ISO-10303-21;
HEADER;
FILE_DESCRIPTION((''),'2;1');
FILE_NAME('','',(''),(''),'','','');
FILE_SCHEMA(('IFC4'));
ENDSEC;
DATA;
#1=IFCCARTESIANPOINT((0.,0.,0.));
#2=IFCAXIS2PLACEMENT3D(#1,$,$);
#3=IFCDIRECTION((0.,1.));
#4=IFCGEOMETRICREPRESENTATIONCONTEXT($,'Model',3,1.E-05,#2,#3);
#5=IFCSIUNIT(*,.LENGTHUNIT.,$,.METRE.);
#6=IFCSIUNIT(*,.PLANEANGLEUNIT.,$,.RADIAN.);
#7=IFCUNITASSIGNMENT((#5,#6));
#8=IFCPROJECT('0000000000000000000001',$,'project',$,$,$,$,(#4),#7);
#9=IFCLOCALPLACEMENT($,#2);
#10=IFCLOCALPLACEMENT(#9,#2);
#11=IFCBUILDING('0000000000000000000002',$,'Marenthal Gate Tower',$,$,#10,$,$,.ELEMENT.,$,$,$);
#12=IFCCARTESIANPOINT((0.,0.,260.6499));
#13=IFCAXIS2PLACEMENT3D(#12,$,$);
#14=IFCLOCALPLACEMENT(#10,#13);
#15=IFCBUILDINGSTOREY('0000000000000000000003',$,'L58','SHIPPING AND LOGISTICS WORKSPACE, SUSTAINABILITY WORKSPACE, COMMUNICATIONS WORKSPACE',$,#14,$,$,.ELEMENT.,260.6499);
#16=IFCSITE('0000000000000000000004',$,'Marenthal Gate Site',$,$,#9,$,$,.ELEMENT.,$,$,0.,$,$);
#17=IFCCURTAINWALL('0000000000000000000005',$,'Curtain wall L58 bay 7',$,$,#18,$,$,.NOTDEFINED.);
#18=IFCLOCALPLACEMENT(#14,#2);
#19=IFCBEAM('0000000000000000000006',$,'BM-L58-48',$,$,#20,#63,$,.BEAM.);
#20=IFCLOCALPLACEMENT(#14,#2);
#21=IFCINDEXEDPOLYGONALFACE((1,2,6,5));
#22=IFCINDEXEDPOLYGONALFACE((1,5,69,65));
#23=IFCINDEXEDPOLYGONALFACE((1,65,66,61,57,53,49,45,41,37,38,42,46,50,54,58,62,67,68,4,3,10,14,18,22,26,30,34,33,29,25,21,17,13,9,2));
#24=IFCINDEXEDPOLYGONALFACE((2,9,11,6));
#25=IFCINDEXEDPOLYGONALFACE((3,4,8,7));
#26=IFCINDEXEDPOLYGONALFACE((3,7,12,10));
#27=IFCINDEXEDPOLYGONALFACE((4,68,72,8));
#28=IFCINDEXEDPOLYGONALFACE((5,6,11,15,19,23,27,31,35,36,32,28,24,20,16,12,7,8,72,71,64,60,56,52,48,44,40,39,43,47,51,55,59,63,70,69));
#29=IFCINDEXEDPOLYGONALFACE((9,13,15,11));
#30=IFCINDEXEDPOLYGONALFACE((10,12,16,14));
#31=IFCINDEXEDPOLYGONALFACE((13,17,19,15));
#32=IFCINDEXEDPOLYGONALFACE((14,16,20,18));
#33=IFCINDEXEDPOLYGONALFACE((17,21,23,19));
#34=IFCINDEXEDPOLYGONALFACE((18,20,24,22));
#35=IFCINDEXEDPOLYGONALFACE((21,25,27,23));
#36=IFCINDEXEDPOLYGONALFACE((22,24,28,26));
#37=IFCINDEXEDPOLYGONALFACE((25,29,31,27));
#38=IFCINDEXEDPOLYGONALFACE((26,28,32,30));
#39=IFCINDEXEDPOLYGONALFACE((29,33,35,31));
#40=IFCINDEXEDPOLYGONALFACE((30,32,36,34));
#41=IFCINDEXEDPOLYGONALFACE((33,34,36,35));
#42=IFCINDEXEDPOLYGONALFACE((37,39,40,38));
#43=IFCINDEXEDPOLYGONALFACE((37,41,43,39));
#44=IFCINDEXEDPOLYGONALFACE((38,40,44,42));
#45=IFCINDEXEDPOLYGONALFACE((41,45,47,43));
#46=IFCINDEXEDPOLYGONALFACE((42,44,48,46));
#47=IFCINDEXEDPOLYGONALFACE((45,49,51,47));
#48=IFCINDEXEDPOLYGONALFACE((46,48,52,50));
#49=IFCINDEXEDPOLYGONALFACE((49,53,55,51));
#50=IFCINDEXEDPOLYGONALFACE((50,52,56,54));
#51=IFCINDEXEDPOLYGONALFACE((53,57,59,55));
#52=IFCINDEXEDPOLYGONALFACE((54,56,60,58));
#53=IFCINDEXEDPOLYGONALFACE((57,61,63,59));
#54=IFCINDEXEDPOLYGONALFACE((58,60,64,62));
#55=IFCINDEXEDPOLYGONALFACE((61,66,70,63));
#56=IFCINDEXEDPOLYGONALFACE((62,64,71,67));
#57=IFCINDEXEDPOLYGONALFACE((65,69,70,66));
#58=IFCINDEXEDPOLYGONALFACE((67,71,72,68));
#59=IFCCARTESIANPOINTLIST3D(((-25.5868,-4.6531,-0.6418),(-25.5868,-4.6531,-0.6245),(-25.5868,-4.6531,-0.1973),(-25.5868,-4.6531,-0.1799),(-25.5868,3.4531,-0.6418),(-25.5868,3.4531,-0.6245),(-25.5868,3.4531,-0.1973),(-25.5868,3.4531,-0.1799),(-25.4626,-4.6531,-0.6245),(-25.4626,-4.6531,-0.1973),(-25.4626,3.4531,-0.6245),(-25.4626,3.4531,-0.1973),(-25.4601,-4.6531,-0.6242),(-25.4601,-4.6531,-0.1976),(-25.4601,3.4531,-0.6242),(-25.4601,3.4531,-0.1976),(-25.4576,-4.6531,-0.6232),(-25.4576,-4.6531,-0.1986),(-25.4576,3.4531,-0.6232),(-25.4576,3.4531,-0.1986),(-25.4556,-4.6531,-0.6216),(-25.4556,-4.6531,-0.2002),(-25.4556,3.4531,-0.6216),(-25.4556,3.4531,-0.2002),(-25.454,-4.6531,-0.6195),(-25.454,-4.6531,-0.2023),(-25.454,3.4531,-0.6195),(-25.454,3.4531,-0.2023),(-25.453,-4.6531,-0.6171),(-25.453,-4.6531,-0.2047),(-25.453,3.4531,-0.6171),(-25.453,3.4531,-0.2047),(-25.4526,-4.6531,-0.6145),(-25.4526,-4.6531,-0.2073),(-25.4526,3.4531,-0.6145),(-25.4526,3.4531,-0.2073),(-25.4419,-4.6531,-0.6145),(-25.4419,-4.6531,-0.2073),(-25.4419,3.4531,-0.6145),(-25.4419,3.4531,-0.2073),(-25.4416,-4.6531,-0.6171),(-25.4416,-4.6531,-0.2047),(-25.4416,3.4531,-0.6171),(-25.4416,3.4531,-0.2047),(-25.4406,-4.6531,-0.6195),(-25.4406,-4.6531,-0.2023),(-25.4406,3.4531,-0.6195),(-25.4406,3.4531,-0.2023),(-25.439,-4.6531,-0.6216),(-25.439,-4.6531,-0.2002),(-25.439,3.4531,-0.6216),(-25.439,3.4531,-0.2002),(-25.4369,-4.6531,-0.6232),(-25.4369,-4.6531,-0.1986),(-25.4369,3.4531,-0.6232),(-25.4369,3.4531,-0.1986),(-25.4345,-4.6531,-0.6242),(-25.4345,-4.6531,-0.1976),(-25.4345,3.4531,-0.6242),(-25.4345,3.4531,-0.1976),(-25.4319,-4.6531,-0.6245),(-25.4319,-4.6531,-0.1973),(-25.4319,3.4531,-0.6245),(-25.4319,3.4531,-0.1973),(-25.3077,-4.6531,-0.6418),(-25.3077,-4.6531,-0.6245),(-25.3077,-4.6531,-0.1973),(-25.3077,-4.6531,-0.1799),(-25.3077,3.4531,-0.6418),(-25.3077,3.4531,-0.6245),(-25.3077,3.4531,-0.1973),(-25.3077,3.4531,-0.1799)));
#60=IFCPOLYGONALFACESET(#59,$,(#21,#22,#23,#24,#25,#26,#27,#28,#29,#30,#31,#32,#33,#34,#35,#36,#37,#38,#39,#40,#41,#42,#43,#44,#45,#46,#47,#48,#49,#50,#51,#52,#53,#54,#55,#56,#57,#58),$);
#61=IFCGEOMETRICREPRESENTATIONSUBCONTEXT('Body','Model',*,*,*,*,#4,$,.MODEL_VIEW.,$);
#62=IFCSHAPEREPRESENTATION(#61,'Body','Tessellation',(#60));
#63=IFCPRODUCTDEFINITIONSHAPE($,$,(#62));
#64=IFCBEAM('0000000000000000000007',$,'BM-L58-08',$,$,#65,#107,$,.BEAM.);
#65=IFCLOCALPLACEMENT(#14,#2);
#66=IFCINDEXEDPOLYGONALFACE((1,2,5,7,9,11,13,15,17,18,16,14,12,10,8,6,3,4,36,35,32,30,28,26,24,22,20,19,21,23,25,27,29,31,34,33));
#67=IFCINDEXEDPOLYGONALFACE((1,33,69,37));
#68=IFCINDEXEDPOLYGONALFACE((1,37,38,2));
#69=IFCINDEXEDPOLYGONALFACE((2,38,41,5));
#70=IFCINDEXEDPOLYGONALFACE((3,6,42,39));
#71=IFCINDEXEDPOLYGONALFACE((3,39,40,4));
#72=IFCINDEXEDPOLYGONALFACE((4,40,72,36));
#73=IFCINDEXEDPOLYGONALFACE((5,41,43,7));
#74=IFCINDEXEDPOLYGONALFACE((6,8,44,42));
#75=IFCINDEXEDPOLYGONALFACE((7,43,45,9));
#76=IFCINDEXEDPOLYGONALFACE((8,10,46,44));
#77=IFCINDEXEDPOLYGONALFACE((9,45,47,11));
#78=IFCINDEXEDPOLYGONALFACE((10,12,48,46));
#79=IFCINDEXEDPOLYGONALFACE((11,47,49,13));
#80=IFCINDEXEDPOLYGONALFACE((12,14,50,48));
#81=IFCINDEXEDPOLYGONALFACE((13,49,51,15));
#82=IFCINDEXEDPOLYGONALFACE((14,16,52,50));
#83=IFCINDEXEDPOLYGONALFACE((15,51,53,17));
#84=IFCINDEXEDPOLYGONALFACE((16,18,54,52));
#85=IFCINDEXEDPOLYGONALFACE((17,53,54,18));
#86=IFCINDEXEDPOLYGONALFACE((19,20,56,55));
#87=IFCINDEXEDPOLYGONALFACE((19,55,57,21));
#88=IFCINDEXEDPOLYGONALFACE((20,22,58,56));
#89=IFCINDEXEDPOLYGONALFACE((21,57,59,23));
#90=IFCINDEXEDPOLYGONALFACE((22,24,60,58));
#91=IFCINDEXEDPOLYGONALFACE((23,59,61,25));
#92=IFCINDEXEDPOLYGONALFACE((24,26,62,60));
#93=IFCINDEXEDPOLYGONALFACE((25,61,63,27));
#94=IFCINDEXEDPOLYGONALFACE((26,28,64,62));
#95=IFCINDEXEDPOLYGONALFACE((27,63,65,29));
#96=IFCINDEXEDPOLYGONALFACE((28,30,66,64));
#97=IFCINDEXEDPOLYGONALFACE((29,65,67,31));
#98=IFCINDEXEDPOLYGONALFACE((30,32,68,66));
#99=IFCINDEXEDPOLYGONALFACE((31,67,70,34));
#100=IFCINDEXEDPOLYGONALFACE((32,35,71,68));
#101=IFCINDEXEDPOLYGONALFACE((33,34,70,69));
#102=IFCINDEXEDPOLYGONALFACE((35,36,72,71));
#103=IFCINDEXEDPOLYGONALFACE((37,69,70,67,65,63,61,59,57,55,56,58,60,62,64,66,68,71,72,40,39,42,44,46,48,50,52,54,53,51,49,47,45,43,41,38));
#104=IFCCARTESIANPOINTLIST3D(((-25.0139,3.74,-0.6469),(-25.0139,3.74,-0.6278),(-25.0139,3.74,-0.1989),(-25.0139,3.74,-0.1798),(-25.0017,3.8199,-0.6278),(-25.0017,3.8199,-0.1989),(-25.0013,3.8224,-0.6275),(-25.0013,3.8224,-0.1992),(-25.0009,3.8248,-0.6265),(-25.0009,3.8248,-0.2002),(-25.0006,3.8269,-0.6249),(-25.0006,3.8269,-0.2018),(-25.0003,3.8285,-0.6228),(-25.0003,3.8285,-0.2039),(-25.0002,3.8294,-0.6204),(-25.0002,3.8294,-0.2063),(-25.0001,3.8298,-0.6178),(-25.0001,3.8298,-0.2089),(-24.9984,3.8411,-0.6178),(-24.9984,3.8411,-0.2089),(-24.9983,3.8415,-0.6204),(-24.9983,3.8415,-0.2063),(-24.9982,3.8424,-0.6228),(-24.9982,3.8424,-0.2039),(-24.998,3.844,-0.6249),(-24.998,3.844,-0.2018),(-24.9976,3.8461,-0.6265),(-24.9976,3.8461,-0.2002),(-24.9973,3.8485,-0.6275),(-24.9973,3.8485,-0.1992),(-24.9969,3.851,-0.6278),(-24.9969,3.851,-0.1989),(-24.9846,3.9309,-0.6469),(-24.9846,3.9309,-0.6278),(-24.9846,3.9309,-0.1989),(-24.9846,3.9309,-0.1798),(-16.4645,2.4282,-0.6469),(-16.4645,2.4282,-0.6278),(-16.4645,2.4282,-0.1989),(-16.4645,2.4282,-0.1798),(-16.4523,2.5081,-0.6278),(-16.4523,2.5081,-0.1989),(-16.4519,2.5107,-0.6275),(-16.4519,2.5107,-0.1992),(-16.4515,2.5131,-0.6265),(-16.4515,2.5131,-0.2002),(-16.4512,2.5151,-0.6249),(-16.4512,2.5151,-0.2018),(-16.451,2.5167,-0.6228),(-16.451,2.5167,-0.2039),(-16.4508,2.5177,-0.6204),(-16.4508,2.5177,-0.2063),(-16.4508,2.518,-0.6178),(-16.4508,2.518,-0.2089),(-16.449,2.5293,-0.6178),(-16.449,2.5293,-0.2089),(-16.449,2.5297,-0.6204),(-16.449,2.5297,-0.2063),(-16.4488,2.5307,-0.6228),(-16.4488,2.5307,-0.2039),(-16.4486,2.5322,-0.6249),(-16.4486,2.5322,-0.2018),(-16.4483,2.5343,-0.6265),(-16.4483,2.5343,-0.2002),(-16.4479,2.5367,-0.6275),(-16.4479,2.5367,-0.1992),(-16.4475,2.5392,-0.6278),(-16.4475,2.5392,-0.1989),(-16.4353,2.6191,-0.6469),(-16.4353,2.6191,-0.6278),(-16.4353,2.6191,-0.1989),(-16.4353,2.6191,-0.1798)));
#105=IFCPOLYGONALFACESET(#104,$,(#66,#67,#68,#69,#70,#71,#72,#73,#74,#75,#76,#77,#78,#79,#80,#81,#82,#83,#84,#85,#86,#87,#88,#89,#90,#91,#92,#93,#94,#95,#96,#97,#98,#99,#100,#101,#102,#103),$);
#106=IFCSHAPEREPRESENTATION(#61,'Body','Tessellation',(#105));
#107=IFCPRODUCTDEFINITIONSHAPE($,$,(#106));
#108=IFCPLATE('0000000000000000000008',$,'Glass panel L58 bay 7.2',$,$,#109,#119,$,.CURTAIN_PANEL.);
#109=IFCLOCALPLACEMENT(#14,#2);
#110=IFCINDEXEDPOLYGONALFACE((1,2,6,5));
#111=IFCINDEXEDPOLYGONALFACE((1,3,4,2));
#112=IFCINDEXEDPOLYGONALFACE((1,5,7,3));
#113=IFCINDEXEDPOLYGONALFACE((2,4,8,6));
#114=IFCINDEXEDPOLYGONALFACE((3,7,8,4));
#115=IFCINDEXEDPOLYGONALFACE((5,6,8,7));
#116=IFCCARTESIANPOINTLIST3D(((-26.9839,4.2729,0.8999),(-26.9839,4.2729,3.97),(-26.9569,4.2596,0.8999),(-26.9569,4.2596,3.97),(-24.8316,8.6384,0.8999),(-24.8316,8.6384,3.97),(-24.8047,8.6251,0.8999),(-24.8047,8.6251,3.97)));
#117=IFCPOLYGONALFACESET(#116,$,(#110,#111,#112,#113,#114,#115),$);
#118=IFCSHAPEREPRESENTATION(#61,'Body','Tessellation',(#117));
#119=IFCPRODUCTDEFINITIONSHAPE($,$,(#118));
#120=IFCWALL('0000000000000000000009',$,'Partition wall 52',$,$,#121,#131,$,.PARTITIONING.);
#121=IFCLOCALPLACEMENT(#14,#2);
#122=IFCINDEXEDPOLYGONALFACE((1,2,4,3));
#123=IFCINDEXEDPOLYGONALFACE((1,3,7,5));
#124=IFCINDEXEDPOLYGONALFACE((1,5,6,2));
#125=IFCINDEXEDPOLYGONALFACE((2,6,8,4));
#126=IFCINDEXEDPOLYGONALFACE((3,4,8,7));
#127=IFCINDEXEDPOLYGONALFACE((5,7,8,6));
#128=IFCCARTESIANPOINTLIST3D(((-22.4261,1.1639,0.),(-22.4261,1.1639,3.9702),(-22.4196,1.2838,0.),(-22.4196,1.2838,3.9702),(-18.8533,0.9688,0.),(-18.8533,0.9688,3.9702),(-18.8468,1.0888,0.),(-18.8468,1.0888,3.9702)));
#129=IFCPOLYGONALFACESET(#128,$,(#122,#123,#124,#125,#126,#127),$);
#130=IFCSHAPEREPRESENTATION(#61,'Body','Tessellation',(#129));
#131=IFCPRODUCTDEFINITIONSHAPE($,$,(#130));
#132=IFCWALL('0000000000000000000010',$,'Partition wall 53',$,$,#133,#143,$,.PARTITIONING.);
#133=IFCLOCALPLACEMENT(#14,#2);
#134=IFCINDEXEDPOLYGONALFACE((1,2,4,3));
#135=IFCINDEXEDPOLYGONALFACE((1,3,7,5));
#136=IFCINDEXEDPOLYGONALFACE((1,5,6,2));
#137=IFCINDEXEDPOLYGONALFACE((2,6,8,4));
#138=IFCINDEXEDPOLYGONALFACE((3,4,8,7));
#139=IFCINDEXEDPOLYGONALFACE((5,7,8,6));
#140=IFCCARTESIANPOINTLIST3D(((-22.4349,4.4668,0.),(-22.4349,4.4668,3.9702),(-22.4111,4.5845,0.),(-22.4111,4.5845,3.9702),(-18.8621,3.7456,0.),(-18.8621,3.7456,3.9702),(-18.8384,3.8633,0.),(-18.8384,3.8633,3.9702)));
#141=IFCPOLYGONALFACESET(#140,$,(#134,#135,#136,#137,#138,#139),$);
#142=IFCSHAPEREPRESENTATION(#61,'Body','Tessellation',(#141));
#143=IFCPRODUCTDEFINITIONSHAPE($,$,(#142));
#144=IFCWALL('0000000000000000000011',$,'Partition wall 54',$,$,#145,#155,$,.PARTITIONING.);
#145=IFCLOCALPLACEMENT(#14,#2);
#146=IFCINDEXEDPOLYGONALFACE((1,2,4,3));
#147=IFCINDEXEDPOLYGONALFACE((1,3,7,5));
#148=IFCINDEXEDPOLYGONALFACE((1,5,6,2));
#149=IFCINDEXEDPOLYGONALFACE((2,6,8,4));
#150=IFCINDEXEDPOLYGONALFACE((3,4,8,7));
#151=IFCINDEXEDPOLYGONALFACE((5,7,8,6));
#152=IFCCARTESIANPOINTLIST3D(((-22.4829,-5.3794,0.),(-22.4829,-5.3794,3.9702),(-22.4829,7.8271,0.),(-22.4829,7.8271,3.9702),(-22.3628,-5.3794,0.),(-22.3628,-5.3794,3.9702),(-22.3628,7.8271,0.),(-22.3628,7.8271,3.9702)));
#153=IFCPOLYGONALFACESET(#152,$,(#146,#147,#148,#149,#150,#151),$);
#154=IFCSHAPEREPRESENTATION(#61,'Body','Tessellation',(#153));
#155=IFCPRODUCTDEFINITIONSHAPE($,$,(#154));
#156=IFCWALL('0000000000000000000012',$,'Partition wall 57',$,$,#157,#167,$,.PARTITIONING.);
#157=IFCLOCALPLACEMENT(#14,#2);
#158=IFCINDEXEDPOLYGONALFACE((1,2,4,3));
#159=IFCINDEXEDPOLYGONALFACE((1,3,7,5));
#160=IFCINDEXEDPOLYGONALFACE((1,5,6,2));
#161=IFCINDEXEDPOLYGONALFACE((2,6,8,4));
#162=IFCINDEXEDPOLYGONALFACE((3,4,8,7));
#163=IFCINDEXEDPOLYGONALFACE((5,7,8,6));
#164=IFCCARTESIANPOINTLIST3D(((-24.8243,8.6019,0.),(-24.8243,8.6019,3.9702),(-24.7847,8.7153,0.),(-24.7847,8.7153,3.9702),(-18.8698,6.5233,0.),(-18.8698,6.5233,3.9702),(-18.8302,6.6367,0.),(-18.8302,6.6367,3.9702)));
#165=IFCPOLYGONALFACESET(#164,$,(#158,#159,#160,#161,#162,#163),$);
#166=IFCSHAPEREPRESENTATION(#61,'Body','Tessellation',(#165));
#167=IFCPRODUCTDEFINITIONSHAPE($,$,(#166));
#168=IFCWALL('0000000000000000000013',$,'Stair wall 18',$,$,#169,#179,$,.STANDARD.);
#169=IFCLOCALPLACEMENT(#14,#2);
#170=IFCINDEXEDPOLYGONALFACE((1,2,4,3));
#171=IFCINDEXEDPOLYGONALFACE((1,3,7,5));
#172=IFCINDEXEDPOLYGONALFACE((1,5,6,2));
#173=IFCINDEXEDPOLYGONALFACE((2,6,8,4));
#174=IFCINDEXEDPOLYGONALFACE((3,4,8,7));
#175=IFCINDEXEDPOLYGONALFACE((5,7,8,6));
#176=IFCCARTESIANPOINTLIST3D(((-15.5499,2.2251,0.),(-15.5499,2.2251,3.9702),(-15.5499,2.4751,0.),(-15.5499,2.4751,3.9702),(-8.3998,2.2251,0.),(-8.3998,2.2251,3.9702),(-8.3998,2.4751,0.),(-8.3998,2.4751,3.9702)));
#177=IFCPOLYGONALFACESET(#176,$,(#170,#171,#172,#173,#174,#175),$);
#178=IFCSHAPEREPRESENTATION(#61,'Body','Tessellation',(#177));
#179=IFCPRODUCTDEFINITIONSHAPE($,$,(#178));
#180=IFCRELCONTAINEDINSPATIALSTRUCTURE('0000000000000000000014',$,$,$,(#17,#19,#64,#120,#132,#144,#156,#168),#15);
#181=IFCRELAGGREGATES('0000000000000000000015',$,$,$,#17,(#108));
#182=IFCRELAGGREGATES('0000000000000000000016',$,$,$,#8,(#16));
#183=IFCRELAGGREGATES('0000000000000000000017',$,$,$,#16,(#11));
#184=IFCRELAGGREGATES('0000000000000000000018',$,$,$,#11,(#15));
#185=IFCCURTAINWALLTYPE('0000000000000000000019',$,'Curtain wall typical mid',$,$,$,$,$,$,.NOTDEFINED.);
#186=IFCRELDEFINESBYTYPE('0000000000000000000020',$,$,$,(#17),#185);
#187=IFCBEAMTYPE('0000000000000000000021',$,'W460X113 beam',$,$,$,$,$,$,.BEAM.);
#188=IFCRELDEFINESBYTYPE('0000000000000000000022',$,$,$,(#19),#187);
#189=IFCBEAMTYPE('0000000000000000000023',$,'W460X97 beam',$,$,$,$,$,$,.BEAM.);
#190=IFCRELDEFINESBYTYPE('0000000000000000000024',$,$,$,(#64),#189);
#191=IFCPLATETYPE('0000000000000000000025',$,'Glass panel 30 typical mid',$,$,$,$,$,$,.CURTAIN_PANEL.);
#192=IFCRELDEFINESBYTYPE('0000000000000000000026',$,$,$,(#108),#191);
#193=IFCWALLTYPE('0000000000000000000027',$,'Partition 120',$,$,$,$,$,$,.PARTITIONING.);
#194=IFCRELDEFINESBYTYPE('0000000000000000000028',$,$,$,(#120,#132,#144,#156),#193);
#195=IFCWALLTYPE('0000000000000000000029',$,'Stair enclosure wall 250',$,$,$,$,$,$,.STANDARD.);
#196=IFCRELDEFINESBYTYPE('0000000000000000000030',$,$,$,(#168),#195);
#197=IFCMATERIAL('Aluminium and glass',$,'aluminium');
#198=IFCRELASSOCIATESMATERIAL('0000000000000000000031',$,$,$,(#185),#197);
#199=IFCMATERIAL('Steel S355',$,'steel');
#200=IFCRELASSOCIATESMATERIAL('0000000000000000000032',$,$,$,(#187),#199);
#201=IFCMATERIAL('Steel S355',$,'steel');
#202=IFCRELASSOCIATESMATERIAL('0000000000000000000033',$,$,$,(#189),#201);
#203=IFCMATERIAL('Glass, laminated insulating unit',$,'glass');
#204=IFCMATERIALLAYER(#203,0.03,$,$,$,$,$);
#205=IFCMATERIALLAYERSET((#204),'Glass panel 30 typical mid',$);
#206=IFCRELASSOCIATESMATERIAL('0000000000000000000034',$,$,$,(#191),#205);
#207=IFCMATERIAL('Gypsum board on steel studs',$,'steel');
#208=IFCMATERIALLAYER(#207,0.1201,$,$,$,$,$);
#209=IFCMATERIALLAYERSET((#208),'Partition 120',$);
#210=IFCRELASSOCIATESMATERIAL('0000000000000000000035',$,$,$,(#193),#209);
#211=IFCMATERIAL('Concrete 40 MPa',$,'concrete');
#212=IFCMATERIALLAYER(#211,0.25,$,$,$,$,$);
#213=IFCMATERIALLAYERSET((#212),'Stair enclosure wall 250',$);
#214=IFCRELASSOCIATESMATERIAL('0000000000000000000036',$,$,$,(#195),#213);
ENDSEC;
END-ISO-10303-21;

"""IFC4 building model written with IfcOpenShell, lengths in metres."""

from ifc_helpers import new_model, si_unit, direction, frame, frame_2d, origin, origin_2d, place, context, subcontext, project, spatial, rectangle, i_section, extrude, material, layer, layer_set, material_profile, profile_set, type_object, element, aggregate, save


model = new_model("IFC4")

# Units and contexts
model_context = context("Model", 3, precision=1e-05, world=origin(), true_north=direction((0.0, 1.0)))
body_context = subcontext(model_context, "Body", "Model", "MODEL_VIEW")
ifc_project = project(units=[si_unit("LENGTHUNIT", "METRE"), si_unit("PLANEANGLEUNIT", "RADIAN")], contexts=[model_context])

# Site, building, storey
site_placement = place(None, origin())
site = spatial("IfcSite", under=ifc_project, at=site_placement, Name="Marenthal Gate Site", CompositionType="ELEMENT", RefElevation=0.0)
building_placement = place(site_placement, origin())
building = spatial("IfcBuilding", under=site, at=building_placement, Name="Marenthal Gate Tower", CompositionType="ELEMENT")
storey_placement = place(building_placement, frame((0.0, 0.0, 260.6499)))
storey = spatial("IfcBuildingStorey", under=building, at=storey_placement, Name="L58", Description="SHIPPING AND LOGISTICS WORKSPACE, SUSTAINABILITY WORKSPACE, COMMUNICATIONS WORKSPACE", CompositionType="ELEMENT", Elevation=260.6499)

# Curtain wall
ifc_material_1 = material(Name="Aluminium and glass", Category="aluminium")
curtain_wall_type = type_object("IfcCurtainWallType", Name="Curtain wall typical mid", PredefinedType="NOTDEFINED", material=ifc_material_1)
curtain_wall_placement = place(storey_placement, origin())
curtain_wall = element("IfcCurtainWall", 1, at=curtain_wall_placement, inside=storey, type_object=curtain_wall_type, Name="Curtain wall L58 bay 7", PredefinedType="NOTDEFINED")

# Beams
ifc_material_2 = material(Name="Steel S355", Category="steel")
ifc_material_profile_1 = material_profile(ifc_material_2, i_section(OverallWidth=0.2791, OverallDepth=0.4619, WebThickness=0.0107, FlangeThickness=0.0173, FilletRadius=0.01, at=origin_2d()), Name="W460X113")
ifc_profile_set_1 = profile_set([ifc_material_profile_1], Name="Steel S355")
beam_type_1 = type_object("IfcBeamType", Name="W460X113 beam", PredefinedType="BEAM", material=ifc_profile_set_1)
beam_1_placement = place(storey_placement, frame((-25.4473, 3.4531, -0.4109), z_axis=(0.0, -1.0, 0.0), x_axis=(1.0, 0.0, 0.0)))
element("IfcBeam", 2, at=beam_1_placement, inside=storey, type_object=beam_type_1, Name="BM-L58-48", PredefinedType="BEAM", context=body_context, shape_type="SweptSolid", body=[
    extrude(i_section(OverallWidth=0.2791, OverallDepth=0.4619, WebThickness=0.0107, FlangeThickness=0.0173, FilletRadius=0.01, at=origin_2d()), origin(), (0.0, 0.0, 1.0), 8.1062),
])
ifc_material_3 = material(Name="Steel S355", Category="steel")
ifc_material_profile_2 = material_profile(ifc_material_3, i_section(OverallWidth=0.1931, OverallDepth=0.467, WebThickness=0.0115, FlangeThickness=0.019, FilletRadius=0.01, at=origin_2d()), Name="W460X97")
ifc_profile_set_2 = profile_set([ifc_material_profile_2], Name="Steel S355")
beam_type_2 = type_object("IfcBeamType", Name="W460X97 beam", PredefinedType="BEAM", material=ifc_profile_set_2)
beam_2_placement = place(storey_placement, frame((-24.9993, 3.8354, -0.4133), z_axis=(0.988433, -0.151661, 0.0), x_axis=(0.151661, 0.988433, 0.0)))
element("IfcBeam", 3, at=beam_2_placement, inside=storey, type_object=beam_type_2, Name="BM-L58-08", PredefinedType="BEAM", context=body_context, shape_type="SweptSolid", body=[
    extrude(i_section(OverallWidth=0.1931, OverallDepth=0.467, WebThickness=0.0115, FlangeThickness=0.019, FilletRadius=0.01, at=origin_2d()), origin(), (0.0, 0.0, 1.0), 8.6494),
])

# Plate
ifc_material_4 = material(Name="Glass, laminated insulating unit", Category="glass")
ifc_layer_1 = layer(ifc_material_4, 0.03)
ifc_layer_set_1 = layer_set([ifc_layer_1], Name="Glass panel 30 typical mid")
plate_type = type_object("IfcPlateType", Name="Glass panel 30 typical mid", PredefinedType="CURTAIN_PANEL", material=ifc_layer_set_1)
plate_placement = place(storey_placement, frame((-25.8943, 6.449, 0.8999), z_axis=(0.0, 0.0, 1.0), x_axis=(-0.442192, -0.896921, 0.0)))
plate = element("IfcPlate", 4, at=plate_placement, type_object=plate_type, Name="Glass panel L58 bay 7.2", PredefinedType="CURTAIN_PANEL", context=body_context, shape_type="SweptSolid", body=[
    extrude(rectangle(XDim=4.8672, YDim=0.03, at=origin_2d()), origin(), (0.0, 0.0, 1.0), 3.0701),
])
aggregate(curtain_wall, [plate])

# Walls
ifc_material_5 = material(Name="Gypsum board on steel studs", Category="steel")
ifc_layer_2 = layer(ifc_material_5, 0.1201)
ifc_layer_set_2 = layer_set([ifc_layer_2], Name="Partition 120")
wall_type_1 = type_object("IfcWallType", Name="Partition 120", PredefinedType="PARTITIONING", material=ifc_layer_set_2)
wall_1_placement = place(storey_placement, frame((-22.4229, 1.2239, 0.0), z_axis=(0.0, 0.0, 1.0), x_axis=(0.998513, -0.054518, 0.0)))
element("IfcWall", 5, at=wall_1_placement, inside=storey, type_object=wall_type_1, Name="Partition wall 52", PredefinedType="PARTITIONING", context=body_context, shape_type="SweptSolid", body=[
    extrude(rectangle(XDim=3.5781, YDim=0.1201, at=frame_2d((1.7891, 0.0))), origin(), (0.0, 0.0, 1.0), 3.9702),
])
wall_2_placement = place(storey_placement, frame((-22.4229, 4.5256, 0.0), z_axis=(0.0, 0.0, 1.0), x_axis=(0.980229, -0.197868, 0.0)))
element("IfcWall", 6, at=wall_2_placement, inside=storey, type_object=wall_type_1, Name="Partition wall 53", PredefinedType="PARTITIONING", context=body_context, shape_type="SweptSolid", body=[
    extrude(rectangle(XDim=3.6448, YDim=0.1201, at=frame_2d((1.8223, 0.0))), origin(), (0.0, 0.0, 1.0), 3.9702),
])
wall_3_placement = place(storey_placement, frame((-22.4229, 7.8271, 0.0), z_axis=(0.0, 0.0, 1.0), x_axis=(0.0, -1.0, 0.0)))
element("IfcWall", 7, at=wall_3_placement, inside=storey, type_object=wall_type_1, Name="Partition wall 54", PredefinedType="PARTITIONING", context=body_context, shape_type="SweptSolid", body=[
    extrude(rectangle(XDim=13.2065, YDim=0.1201, at=frame_2d((6.6033, 0.0))), origin(), (0.0, 0.0, 1.0), 3.9702),
])
wall_4_placement = place(storey_placement, frame((-18.8501, 6.5801, 0.0), z_axis=(0.0, 0.0, 1.0), x_axis=(-0.94413, 0.329574, 0.0)))
element("IfcWall", 8, at=wall_4_placement, inside=storey, type_object=wall_type_1, Name="Partition wall 57", PredefinedType="PARTITIONING", context=body_context, shape_type="SweptSolid", body=[
    extrude(rectangle(XDim=6.3069, YDim=0.1201, at=frame_2d((3.1533, 0.0))), origin(), (0.0, 0.0, 1.0), 3.9702),
])
ifc_material_6 = material(Name="Concrete 40 MPa", Category="concrete")
ifc_layer_3 = layer(ifc_material_6, 0.25)
ifc_layer_set_3 = layer_set([ifc_layer_3], Name="Stair enclosure wall 250")
wall_type_2 = type_object("IfcWallType", Name="Stair enclosure wall 250", PredefinedType="STANDARD", material=ifc_layer_set_3)
wall_5_placement = place(storey_placement, frame((-15.55, 2.3501, 0.0), z_axis=(0.0, 0.0, 1.0), x_axis=(1.0, 0.0, 0.0)))
element("IfcWall", 9, at=wall_5_placement, inside=storey, type_object=wall_type_2, Name="Stair wall 18", PredefinedType="STANDARD", context=body_context, shape_type="SweptSolid", body=[
    extrude(rectangle(XDim=7.1501, YDim=0.25, at=frame_2d((3.5752, 0.0))), origin(), (0.0, 0.0, 1.0), 3.9702),
])

save(model, "model.ifc")
